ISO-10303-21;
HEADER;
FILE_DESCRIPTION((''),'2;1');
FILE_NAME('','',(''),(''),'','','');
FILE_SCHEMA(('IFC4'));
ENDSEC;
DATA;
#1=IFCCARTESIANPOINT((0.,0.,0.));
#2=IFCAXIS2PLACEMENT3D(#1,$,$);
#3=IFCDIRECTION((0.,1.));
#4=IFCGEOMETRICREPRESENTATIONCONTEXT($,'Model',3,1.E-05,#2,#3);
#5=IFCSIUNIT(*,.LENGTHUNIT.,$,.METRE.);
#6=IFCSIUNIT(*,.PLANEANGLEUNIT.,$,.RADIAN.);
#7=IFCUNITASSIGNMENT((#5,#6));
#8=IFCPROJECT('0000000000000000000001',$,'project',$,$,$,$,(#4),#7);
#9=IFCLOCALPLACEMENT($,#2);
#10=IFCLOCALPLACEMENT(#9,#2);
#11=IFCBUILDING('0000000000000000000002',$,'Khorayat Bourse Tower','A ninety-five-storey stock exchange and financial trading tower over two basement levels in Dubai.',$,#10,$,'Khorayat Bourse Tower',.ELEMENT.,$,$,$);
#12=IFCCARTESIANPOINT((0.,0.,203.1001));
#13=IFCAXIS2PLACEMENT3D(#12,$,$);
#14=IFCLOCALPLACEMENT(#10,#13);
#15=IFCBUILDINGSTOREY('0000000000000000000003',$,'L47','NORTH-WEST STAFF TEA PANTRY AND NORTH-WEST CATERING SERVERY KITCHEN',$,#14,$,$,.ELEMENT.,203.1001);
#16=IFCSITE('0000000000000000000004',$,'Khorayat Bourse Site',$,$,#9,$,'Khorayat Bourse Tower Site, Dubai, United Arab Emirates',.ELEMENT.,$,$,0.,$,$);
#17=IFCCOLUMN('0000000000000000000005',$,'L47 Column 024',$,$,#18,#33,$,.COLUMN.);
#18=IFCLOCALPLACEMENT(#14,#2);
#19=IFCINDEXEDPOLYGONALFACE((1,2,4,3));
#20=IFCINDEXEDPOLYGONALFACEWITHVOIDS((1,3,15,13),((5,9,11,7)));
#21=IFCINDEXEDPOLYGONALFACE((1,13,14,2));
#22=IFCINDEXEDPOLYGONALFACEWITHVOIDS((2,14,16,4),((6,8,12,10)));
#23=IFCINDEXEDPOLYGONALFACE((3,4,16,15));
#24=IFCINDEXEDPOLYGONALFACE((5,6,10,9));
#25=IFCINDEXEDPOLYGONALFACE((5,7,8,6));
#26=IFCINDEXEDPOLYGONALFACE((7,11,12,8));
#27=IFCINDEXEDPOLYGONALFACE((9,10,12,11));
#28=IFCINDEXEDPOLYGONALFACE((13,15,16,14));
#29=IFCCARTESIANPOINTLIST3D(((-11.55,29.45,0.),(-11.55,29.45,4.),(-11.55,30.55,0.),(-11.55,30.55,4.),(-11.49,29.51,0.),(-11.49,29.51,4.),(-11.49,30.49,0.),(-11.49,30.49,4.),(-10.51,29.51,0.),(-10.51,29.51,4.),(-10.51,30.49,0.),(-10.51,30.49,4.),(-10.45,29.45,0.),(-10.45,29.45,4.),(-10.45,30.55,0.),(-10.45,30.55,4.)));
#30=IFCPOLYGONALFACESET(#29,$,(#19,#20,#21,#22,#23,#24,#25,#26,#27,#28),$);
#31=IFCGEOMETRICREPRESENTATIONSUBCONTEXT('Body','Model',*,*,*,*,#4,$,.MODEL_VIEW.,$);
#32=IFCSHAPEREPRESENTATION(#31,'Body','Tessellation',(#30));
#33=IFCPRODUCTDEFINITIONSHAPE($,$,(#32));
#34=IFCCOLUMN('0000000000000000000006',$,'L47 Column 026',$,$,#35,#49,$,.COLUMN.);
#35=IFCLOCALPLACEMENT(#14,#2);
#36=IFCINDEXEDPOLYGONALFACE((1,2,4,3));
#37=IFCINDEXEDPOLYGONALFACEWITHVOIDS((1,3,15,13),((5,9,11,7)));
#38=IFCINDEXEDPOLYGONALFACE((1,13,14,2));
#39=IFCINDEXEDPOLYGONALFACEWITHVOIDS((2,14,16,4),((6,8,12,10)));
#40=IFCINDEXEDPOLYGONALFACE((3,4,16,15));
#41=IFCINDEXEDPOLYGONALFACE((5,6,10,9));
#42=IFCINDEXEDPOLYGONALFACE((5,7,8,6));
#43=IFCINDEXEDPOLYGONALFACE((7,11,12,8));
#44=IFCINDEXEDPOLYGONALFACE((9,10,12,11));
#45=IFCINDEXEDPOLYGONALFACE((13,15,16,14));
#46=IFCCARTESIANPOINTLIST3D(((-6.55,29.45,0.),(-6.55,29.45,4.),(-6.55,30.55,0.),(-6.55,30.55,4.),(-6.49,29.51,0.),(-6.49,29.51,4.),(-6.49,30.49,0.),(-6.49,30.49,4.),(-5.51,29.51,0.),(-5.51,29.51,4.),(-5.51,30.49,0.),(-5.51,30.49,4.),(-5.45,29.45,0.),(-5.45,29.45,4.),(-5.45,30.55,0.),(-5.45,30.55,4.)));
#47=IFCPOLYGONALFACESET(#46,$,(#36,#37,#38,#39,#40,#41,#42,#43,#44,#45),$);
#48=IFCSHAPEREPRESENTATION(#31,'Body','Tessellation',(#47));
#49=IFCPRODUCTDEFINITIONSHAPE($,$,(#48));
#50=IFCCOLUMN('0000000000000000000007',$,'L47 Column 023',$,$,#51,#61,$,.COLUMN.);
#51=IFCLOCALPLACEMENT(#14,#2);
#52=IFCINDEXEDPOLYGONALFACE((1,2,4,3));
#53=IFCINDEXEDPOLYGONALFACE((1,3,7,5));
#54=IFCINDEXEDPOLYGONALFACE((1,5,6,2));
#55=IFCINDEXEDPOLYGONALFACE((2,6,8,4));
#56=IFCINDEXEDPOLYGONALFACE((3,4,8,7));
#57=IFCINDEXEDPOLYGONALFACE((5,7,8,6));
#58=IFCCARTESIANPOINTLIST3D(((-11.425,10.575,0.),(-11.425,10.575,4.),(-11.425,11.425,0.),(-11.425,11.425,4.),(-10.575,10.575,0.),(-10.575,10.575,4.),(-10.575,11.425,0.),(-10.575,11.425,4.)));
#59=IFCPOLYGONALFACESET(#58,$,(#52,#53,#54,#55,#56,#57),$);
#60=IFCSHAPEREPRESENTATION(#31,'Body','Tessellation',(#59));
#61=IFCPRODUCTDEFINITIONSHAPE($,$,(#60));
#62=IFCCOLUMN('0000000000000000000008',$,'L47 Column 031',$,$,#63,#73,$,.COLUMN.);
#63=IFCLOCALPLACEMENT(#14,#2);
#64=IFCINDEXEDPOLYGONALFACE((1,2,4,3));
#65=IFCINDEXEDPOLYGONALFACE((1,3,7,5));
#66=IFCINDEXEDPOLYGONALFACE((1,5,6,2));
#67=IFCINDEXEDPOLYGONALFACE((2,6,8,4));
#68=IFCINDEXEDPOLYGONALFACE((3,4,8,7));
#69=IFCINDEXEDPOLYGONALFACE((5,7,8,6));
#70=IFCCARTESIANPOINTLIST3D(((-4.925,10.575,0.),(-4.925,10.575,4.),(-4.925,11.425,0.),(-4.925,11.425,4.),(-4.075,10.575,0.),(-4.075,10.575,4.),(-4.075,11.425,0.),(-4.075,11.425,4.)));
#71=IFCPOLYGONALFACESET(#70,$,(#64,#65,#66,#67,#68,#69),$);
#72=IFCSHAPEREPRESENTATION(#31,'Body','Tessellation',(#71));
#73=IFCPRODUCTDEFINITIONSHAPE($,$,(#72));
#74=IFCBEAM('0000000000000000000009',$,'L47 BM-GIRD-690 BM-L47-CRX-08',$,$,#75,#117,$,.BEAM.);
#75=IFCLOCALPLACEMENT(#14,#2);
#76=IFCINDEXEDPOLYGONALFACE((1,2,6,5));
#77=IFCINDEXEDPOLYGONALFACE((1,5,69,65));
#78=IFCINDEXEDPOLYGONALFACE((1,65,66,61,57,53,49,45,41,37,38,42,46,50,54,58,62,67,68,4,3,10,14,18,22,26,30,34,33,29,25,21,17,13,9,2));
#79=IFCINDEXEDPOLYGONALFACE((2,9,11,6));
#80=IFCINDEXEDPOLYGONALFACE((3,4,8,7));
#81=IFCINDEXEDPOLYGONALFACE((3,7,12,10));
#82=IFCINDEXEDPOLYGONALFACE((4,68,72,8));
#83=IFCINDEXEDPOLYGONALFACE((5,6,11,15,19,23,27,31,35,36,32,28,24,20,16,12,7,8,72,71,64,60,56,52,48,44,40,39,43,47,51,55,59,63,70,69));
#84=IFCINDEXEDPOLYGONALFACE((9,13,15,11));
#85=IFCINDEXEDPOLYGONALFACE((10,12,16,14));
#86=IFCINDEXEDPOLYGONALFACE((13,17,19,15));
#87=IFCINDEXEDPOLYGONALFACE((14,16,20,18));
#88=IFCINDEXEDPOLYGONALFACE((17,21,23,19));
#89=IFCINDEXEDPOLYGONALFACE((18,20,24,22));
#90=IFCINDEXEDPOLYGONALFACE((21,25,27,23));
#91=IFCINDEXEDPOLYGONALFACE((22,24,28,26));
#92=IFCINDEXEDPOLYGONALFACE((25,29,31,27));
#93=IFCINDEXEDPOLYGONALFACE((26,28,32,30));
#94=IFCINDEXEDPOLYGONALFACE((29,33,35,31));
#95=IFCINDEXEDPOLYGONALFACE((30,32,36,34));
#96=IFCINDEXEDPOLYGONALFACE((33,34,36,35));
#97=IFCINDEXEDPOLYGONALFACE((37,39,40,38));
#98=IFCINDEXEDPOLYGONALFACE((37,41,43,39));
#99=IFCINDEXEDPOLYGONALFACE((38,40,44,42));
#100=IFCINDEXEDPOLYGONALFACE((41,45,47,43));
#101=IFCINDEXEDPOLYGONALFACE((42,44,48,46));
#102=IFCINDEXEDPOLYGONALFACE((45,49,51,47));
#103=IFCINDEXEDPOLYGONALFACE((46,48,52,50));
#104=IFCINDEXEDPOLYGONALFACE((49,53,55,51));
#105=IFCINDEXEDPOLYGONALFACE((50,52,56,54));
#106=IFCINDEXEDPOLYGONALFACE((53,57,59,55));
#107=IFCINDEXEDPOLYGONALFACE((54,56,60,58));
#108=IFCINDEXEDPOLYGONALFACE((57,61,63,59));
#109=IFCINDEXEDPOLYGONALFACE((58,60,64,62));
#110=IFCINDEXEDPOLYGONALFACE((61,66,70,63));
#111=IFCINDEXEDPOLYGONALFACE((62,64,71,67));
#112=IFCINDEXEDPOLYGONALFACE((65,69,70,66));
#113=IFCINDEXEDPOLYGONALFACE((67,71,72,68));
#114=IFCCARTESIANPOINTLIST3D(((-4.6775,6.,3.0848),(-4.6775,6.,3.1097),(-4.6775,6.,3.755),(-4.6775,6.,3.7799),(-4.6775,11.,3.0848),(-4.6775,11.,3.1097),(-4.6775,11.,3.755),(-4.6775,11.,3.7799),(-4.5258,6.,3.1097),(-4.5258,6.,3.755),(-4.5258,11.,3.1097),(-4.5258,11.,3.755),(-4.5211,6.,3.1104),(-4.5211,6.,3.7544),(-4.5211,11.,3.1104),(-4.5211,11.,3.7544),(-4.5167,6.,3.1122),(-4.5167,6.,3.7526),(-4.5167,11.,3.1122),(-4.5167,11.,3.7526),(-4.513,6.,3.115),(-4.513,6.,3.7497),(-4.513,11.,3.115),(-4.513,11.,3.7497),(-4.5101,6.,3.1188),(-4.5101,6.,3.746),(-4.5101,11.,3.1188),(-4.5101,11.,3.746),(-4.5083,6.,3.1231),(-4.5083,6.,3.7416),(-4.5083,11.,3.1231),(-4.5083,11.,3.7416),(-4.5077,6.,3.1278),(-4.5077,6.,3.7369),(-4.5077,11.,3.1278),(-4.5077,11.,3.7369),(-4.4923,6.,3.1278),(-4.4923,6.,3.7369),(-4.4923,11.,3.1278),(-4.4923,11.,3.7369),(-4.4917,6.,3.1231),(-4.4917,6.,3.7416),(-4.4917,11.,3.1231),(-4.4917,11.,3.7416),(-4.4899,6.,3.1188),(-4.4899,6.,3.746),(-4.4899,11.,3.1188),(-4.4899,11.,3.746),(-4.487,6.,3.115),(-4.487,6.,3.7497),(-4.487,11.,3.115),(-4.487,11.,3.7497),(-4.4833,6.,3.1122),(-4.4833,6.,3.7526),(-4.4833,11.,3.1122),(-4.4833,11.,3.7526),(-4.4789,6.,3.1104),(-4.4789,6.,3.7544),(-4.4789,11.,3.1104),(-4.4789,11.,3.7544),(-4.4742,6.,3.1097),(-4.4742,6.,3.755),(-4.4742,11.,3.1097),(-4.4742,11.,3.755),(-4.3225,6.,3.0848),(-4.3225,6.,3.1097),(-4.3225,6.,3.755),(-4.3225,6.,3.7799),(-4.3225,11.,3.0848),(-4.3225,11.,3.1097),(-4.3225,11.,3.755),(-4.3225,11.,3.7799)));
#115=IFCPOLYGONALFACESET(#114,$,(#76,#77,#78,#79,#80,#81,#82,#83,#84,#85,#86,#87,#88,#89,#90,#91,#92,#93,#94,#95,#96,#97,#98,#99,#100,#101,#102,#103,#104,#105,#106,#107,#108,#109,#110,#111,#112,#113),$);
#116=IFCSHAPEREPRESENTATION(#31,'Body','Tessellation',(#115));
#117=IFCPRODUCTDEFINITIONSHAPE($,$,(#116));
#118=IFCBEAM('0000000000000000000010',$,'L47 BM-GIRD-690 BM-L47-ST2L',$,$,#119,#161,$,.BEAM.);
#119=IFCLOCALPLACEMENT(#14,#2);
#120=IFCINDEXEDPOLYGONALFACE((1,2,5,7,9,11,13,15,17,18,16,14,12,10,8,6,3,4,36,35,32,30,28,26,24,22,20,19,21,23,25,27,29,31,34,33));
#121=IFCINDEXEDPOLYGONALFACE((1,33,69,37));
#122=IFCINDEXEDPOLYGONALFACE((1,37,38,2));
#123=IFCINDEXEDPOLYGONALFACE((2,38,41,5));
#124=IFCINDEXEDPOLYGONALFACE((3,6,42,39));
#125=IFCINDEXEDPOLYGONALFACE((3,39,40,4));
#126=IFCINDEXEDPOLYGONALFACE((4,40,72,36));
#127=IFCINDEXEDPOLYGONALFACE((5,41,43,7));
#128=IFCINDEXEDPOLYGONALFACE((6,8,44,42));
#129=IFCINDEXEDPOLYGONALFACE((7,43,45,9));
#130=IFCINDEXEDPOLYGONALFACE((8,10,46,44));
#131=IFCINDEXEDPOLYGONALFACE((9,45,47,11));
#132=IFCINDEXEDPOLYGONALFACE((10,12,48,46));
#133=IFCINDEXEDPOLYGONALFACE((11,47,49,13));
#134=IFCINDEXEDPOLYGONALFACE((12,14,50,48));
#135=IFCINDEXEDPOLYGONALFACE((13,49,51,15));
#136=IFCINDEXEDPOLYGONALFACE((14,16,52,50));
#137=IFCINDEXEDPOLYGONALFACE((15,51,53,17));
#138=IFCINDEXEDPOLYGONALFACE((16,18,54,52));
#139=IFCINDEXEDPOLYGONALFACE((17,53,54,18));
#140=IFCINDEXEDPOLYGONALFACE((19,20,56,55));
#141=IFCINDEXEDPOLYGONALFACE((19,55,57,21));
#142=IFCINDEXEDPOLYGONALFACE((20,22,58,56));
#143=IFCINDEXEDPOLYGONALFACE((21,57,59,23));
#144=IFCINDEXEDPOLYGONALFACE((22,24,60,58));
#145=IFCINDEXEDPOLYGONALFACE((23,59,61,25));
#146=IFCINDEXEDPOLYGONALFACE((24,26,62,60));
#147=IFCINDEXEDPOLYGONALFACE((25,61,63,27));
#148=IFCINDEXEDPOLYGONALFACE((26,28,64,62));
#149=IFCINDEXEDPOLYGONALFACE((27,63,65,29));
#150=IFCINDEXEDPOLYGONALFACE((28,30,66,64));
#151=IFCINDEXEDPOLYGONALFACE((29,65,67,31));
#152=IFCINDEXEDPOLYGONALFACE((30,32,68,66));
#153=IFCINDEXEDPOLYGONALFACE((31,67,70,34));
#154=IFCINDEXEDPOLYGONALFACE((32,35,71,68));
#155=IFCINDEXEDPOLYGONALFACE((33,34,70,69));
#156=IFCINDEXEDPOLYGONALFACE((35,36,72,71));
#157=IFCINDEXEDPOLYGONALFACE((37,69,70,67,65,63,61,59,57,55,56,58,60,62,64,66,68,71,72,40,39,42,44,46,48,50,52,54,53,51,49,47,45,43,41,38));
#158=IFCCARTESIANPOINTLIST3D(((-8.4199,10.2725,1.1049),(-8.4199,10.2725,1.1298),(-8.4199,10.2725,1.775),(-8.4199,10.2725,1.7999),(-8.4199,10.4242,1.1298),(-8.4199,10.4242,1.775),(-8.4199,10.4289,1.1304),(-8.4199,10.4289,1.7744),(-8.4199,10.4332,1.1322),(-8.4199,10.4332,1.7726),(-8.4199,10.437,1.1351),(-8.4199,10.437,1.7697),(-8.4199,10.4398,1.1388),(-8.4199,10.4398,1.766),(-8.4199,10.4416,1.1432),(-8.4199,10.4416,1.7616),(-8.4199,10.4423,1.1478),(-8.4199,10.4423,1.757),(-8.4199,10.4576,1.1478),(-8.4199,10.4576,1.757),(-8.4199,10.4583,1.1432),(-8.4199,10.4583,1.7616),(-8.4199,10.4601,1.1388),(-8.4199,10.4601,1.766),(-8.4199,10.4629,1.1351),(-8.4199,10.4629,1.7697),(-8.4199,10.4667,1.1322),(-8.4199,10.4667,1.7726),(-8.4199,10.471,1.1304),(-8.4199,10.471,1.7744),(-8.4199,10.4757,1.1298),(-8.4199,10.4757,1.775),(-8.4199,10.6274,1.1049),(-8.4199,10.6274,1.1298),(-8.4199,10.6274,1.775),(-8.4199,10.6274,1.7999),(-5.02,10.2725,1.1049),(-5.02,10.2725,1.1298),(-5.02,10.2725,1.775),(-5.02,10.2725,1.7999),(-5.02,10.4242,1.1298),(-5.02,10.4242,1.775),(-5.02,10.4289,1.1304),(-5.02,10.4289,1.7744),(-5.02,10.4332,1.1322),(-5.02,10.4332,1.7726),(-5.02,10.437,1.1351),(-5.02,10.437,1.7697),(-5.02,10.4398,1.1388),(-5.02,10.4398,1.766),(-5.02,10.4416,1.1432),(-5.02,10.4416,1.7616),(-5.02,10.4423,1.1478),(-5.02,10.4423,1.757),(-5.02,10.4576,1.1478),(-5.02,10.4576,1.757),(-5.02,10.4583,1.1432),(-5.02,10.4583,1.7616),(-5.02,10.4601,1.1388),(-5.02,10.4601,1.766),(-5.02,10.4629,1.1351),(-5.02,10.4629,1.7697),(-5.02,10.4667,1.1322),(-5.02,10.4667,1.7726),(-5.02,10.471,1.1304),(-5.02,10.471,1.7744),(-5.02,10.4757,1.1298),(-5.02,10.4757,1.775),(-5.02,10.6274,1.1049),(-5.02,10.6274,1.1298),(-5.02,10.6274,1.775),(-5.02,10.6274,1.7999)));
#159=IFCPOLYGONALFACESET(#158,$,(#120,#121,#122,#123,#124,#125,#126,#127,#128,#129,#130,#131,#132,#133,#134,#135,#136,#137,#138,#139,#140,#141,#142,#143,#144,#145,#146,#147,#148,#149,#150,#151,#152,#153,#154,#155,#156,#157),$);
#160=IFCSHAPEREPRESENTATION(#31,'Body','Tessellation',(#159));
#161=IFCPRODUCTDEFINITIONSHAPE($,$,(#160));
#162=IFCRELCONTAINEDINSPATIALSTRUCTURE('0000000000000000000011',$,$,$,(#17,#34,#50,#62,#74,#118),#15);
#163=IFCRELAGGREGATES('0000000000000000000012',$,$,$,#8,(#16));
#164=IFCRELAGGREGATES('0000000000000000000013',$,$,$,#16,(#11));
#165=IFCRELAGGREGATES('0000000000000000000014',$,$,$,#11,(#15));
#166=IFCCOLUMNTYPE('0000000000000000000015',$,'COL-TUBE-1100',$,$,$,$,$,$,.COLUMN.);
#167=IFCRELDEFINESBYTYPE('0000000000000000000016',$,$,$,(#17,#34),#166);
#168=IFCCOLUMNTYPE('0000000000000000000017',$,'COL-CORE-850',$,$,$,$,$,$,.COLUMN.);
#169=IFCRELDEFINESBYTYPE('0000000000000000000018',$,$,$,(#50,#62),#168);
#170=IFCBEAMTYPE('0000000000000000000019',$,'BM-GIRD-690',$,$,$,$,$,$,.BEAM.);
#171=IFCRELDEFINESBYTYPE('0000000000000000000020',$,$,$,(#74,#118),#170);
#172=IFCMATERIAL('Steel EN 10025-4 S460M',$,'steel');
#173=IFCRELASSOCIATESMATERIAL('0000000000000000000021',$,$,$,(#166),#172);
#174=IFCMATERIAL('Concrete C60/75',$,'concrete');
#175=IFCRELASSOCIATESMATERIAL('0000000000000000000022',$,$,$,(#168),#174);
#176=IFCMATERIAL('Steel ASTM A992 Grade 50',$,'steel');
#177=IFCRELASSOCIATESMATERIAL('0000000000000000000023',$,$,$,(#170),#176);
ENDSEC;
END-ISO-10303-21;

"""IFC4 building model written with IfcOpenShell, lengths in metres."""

from ifc_helpers import new_model, si_unit, direction, frame, origin, origin_2d, place, context, subcontext, project, spatial, rectangle, hollow_rectangle, i_section, extrude, source, transform, mapped, material, material_profile, profile_set, type_object, element, save


model = new_model("IFC4")

# Units and contexts
model_context = context("Model", 3, precision=1e-05, world=origin(), true_north=direction((0.0, 1.0)))
body_context = subcontext(model_context, "Body", "Model", "MODEL_VIEW")
ifc_project = project(units=[si_unit("LENGTHUNIT", "METRE"), si_unit("PLANEANGLEUNIT", "RADIAN")], contexts=[model_context])

# Site, building, storey
site_placement = place(None, origin())
site = spatial("IfcSite", under=ifc_project, at=site_placement, Name="Khorayat Bourse Site", LongName="Khorayat Bourse Tower Site, Dubai, United Arab Emirates", CompositionType="ELEMENT", RefElevation=0.0)
building_placement = place(site_placement, origin())
building = spatial("IfcBuilding", under=site, at=building_placement, Name="Khorayat Bourse Tower", Description="A ninety-five-storey stock exchange and financial trading tower over two basement levels in Dubai.", LongName="Khorayat Bourse Tower", CompositionType="ELEMENT")
storey_placement = place(building_placement, frame((0.0, 0.0, 203.1001)))
storey = spatial("IfcBuildingStorey", under=building, at=storey_placement, Name="L47", Description="NORTH-WEST STAFF TEA PANTRY AND NORTH-WEST CATERING SERVERY KITCHEN", CompositionType="ELEMENT", Elevation=203.1001)

# Columns
ifc_material_1 = material(Name="Steel EN 10025-4 S460M", Category="steel")
ifc_material_profile_1 = material_profile(ifc_material_1, hollow_rectangle(XDim=1.1001, YDim=1.1001, WallThickness=0.0601, at=origin_2d()), Name="BOX 1100x1100x60")
ifc_profile_set_1 = profile_set([ifc_material_profile_1], Name="Steel EN 10025-4 S460M")
column_type_1 = type_object("IfcColumnType", Name="COL-TUBE-1100", PredefinedType="COLUMN", material=ifc_profile_set_1)
shared_shape_1 = source(origin(), body_context, "Body", "SweptSolid", [
    extrude(hollow_rectangle(XDim=1.1001, YDim=1.1001, WallThickness=0.0601, at=origin_2d()), origin(), (0.0, 0.0, 1.0), 4.0),
])
for number, where, z_axis, x_axis, name in (
    (1, (-11.0, 30.0, 0.0), (0.0, 0.0, 1.0), (1.0, 0.0, 0.0), "L47 Column 024"),
    (2, (-6.0, 30.0, 0.0), (0.0, 0.0, 1.0), (1.0, 0.0, 0.0), "L47 Column 026"),
):
    element("IfcColumn", number, at=place(storey_placement, frame(where, z_axis=z_axis, x_axis=x_axis)), inside=storey, type_object=column_type_1, Name=name, PredefinedType="COLUMN", context=body_context, shape_type="MappedRepresentation", body=[
        mapped(shared_shape_1, transform((0.0, 0.0, 0.0), scale=1.0)),
    ])
ifc_material_2 = material(Name="Concrete C60/75", Category="concrete")
ifc_material_profile_2 = material_profile(ifc_material_2, rectangle(XDim=0.8501, YDim=0.8501, at=origin_2d()), Name="RC 850x850")
ifc_profile_set_2 = profile_set([ifc_material_profile_2], Name="Concrete C60/75")
column_type_2 = type_object("IfcColumnType", Name="COL-CORE-850", PredefinedType="COLUMN", material=ifc_profile_set_2)
shared_shape_2 = source(origin(), body_context, "Body", "SweptSolid", [
    extrude(rectangle(XDim=0.8501, YDim=0.8501, at=origin_2d()), origin(), (0.0, 0.0, 1.0), 4.0),
])
for number, where, z_axis, x_axis, name in (
    (3, (-11.0, 11.0, 0.0), (0.0, 0.0, 1.0), (1.0, 0.0, 0.0), "L47 Column 023"),
    (4, (-4.5, 11.0, 0.0), (0.0, 0.0, 1.0), (1.0, 0.0, 0.0), "L47 Column 031"),
):
    element("IfcColumn", number, at=place(storey_placement, frame(where, z_axis=z_axis, x_axis=x_axis)), inside=storey, type_object=column_type_2, Name=name, PredefinedType="COLUMN", context=body_context, shape_type="MappedRepresentation", body=[
        mapped(shared_shape_2, transform((0.0, 0.0, 0.0), scale=1.0)),
    ])

# Beams
ifc_material_3 = material(Name="Steel ASTM A992 Grade 50", Category="steel")
ifc_material_profile_3 = material_profile(ifc_material_3, i_section(OverallWidth=0.355, OverallDepth=0.6951, WebThickness=0.0154, FlangeThickness=0.0249, FilletRadius=0.0181, at=origin_2d()), Name="W690X217")
ifc_profile_set_3 = profile_set([ifc_material_profile_3], Name="Steel ASTM A992 Grade 50")
beam_type_1 = type_object("IfcBeamType", Name="BM-GIRD-690", PredefinedType="BEAM", material=ifc_profile_set_3)
shared_shape_3 = source(origin(), body_context, "Body", "SweptSolid", [
    extrude(i_section(OverallWidth=0.355, OverallDepth=0.6951, WebThickness=0.0154, FlangeThickness=0.0249, FilletRadius=0.0181, at=origin_2d()), origin(), (0.0, 0.0, 1.0), 5.0),
])
beam_1_placement = place(storey_placement, frame((-4.5, 6.0, 3.4324), z_axis=(0.0, 1.0, 0.0), x_axis=(-1.0, 0.0, 0.0)))
element("IfcBeam", 5, at=beam_1_placement, inside=storey, type_object=beam_type_1, Name="L47 BM-GIRD-690 BM-L47-CRX-08", PredefinedType="BEAM", context=body_context, shape_type="MappedRepresentation", body=[
    mapped(shared_shape_3, transform((0.0, 0.0, 0.0), scale=1.0)),
])
shared_shape_4 = source(origin(), body_context, "Body", "SweptSolid", [
    extrude(i_section(OverallWidth=0.355, OverallDepth=0.6951, WebThickness=0.0154, FlangeThickness=0.0249, FilletRadius=0.0181, at=origin_2d()), origin(), (0.0, 0.0, 1.0), 3.3999),
])
beam_2_placement = place(storey_placement, frame((-8.4199, 10.45, 1.4524), z_axis=(1.0, 0.0, 0.0), x_axis=(0.0, 1.0, 0.0)))
element("IfcBeam", 6, at=beam_2_placement, inside=storey, type_object=beam_type_1, Name="L47 BM-GIRD-690 BM-L47-ST2L", PredefinedType="BEAM", context=body_context, shape_type="MappedRepresentation", body=[
    mapped(shared_shape_4, transform((0.0, 0.0, 0.0), scale=1.0)),
])

save(model, "model.ifc")
